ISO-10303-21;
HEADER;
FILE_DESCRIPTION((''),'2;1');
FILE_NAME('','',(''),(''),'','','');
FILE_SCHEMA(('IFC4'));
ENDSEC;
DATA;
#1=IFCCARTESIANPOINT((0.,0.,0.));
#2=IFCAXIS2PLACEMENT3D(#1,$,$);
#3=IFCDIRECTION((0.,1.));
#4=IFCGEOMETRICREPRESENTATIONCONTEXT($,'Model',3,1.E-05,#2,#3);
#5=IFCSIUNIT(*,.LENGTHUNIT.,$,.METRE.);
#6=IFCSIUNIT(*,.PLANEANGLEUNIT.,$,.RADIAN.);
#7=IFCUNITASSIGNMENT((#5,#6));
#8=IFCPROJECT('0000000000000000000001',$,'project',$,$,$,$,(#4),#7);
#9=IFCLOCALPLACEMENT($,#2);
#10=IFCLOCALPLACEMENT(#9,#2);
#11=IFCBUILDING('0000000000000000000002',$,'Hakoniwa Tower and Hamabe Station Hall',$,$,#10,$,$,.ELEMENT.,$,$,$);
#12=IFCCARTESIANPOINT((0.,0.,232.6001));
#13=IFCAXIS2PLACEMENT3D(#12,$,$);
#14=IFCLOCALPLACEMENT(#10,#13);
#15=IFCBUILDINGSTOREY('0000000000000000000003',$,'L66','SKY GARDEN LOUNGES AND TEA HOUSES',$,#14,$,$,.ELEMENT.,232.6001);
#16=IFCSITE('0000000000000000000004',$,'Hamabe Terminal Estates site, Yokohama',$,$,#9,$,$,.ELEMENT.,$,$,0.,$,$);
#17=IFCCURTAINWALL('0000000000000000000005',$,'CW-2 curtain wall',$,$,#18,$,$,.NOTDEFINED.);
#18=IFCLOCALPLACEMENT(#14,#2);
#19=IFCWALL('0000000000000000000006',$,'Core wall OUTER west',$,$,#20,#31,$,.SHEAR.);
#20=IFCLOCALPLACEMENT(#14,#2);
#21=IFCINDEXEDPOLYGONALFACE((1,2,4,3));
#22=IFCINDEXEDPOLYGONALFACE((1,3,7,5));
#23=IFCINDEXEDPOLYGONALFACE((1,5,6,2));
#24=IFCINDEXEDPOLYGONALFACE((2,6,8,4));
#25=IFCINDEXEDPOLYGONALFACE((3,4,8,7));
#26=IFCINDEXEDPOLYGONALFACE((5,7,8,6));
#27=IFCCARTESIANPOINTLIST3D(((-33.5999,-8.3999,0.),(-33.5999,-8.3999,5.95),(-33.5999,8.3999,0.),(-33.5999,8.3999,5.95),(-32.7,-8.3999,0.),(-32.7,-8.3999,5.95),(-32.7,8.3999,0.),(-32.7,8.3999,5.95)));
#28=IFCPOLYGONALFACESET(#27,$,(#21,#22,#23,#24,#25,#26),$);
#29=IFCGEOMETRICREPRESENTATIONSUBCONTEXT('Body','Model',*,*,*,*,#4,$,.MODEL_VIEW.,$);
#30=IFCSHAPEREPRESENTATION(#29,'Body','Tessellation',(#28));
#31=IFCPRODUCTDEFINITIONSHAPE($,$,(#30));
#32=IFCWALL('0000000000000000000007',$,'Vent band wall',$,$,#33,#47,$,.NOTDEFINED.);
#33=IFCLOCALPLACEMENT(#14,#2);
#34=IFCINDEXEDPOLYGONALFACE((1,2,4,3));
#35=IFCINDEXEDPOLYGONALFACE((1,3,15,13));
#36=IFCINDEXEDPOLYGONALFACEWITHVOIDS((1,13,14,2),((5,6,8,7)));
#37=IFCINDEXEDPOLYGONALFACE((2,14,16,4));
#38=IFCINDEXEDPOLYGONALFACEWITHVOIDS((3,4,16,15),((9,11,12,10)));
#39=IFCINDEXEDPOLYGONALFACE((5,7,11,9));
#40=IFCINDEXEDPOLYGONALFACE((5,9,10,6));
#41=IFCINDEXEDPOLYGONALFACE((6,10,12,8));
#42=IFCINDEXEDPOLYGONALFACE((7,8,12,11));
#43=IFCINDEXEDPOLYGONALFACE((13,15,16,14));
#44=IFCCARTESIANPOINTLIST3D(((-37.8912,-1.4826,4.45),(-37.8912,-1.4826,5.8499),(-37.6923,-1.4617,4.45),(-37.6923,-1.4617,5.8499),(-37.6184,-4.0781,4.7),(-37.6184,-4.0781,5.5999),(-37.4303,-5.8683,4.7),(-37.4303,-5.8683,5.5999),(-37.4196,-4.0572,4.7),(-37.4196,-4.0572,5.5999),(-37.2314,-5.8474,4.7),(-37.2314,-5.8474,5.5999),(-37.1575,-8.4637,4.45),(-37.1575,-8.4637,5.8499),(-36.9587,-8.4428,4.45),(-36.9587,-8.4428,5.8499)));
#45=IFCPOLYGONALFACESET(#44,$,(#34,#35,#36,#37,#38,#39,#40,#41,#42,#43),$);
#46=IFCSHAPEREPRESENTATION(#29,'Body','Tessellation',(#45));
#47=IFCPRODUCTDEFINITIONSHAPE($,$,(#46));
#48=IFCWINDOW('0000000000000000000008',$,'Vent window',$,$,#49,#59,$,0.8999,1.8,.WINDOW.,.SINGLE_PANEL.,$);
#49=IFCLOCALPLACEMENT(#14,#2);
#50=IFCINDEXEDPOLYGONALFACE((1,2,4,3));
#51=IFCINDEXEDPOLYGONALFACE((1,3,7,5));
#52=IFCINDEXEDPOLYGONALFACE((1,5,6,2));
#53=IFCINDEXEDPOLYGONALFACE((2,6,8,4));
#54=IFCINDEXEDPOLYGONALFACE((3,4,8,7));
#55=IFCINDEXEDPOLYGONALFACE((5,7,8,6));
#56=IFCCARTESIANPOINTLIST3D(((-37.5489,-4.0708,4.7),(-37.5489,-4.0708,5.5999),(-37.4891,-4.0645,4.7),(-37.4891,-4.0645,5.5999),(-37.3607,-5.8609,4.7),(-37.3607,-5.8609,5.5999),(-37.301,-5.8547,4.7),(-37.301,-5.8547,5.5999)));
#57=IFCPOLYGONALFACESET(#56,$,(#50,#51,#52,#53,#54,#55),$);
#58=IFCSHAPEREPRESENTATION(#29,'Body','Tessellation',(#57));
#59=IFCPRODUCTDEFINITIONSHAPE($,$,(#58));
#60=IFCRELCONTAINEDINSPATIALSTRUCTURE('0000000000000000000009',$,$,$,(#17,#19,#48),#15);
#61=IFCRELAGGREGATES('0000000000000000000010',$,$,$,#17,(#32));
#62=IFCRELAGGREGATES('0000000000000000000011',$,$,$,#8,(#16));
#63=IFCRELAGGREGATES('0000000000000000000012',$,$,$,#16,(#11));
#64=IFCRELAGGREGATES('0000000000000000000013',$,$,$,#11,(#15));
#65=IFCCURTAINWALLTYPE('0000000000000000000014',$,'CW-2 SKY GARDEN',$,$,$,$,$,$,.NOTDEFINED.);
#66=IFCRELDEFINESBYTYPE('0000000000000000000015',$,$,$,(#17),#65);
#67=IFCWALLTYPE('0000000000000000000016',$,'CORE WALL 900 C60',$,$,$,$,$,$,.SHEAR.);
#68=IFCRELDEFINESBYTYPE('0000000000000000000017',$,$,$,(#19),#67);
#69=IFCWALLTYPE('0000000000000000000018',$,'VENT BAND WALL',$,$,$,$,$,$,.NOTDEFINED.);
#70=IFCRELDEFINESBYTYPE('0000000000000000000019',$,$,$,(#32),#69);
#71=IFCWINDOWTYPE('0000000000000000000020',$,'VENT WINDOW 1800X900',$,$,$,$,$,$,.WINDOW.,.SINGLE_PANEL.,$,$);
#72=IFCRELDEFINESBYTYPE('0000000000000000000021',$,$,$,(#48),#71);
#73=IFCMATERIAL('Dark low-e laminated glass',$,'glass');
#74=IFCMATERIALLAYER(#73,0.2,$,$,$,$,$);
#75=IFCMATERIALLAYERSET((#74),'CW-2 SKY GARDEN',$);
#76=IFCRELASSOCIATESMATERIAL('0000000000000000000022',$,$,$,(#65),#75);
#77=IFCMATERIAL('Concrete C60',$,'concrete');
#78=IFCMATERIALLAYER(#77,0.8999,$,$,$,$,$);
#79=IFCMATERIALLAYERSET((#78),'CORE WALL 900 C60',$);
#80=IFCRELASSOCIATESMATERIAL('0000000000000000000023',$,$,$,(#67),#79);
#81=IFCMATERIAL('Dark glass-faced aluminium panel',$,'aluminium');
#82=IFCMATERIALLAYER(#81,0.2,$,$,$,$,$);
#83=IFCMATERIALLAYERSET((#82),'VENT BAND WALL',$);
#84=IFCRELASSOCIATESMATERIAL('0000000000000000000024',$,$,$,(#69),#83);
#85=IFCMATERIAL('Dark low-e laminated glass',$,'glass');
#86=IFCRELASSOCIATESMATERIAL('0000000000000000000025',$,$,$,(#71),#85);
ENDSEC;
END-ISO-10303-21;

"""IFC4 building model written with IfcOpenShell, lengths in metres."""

from ifc_helpers import new_model, si_unit, direction, frame, frame_2d, origin, place, context, subcontext, project, spatial, rectangle, extrude, material, layer, layer_set, type_object, element, fill, aggregate, save


model = new_model("IFC4")

# Units and contexts
model_context = context("Model", 3, precision=1e-05, world=origin(), true_north=direction((0.0, 1.0)))
body_context = subcontext(model_context, "Body", "Model", "MODEL_VIEW")
ifc_project = project(units=[si_unit("LENGTHUNIT", "METRE"), si_unit("PLANEANGLEUNIT", "RADIAN")], contexts=[model_context])

# Site, building, storey
site_placement = place(None, origin())
site = spatial("IfcSite", under=ifc_project, at=site_placement, Name="Hamabe Terminal Estates site, Yokohama", CompositionType="ELEMENT", RefElevation=0.0)
building_placement = place(site_placement, origin())
building = spatial("IfcBuilding", under=site, at=building_placement, Name="Hakoniwa Tower and Hamabe Station Hall", CompositionType="ELEMENT")
storey_placement = place(building_placement, frame((0.0, 0.0, 232.6001)))
storey = spatial("IfcBuildingStorey", under=building, at=storey_placement, Name="L66", Description="SKY GARDEN LOUNGES AND TEA HOUSES", CompositionType="ELEMENT", Elevation=232.6001)

# Curtain wall
ifc_material_1 = material(Name="Dark low-e laminated glass", Category="glass")
ifc_layer_1 = layer(ifc_material_1, 0.2)
ifc_layer_set_1 = layer_set([ifc_layer_1], Name="CW-2 SKY GARDEN")
curtain_wall_type = type_object("IfcCurtainWallType", Name="CW-2 SKY GARDEN", PredefinedType="NOTDEFINED", material=ifc_layer_set_1)
curtain_wall_placement = place(storey_placement, origin())
curtain_wall = element("IfcCurtainWall", 1, at=curtain_wall_placement, inside=storey, type_object=curtain_wall_type, Name="CW-2 curtain wall", PredefinedType="NOTDEFINED")

# Wall
ifc_material_2 = material(Name="Concrete C60", Category="concrete")
ifc_layer_2 = layer(ifc_material_2, 0.8999)
ifc_layer_set_2 = layer_set([ifc_layer_2], Name="CORE WALL 900 C60")
wall_type_1 = type_object("IfcWallType", Name="CORE WALL 900 C60", PredefinedType="SHEAR", material=ifc_layer_set_2)
wall_1_placement = place(storey_placement, frame((-33.1499, -8.3999, 0.0), z_axis=(0.0, 0.0, 1.0), x_axis=(0.0, 1.0, 0.0)))
element("IfcWall", 2, at=wall_1_placement, inside=storey, type_object=wall_type_1, Name="Core wall OUTER west", PredefinedType="SHEAR", context=body_context, shape_type="SweptSolid", body=[
    extrude(rectangle(XDim=16.7998, YDim=0.8999, at=frame_2d((8.3999, 0.0))), origin(), (0.0, 0.0, 1.0), 5.95),
])

# Wall, opening, window
ifc_material_3 = material(Name="Dark glass-faced aluminium panel", Category="aluminium")
ifc_layer_3 = layer(ifc_material_3, 0.2)
ifc_layer_set_3 = layer_set([ifc_layer_3], Name="VENT BAND WALL")
wall_type_2 = type_object("IfcWallType", Name="VENT BAND WALL", PredefinedType="NOTDEFINED", material=ifc_layer_set_3)
wall_2_placement = place(storey_placement, frame((-37.7917, -1.4722, 4.45), z_axis=(0.0, 0.0, 1.0), x_axis=(0.104513, -0.994524, 0.0)))
wall_2 = element("IfcWall", 3, at=wall_2_placement, type_object=wall_type_2, Name="Vent band wall", PredefinedType="NOTDEFINED", context=body_context, shape_type="SweptSolid", body=[
    extrude(rectangle(XDim=7.0195, YDim=0.2, at=frame_2d((3.5098, 0.0))), origin(), (0.0, 0.0, 1.0), 1.3999),
])
opening_placement = place(wall_2_placement, frame((2.6099, 0.0, 0.25)))
opening = element("IfcOpeningElement", 4, at=opening_placement, cuts=wall_2, PredefinedType="OPENING", context=body_context, shape_type="SweptSolid", body=[
    extrude(rectangle(XDim=1.8, YDim=0.8999, at=frame_2d((0.8999, 0.45))), frame((0.0, 0.1099, 0.0), z_axis=(0.0, -1.0, 0.0), x_axis=(1.0, 0.0, 0.0)), (0.0, 0.0, 1.0), 0.22),
])
ifc_material_4 = material(Name="Dark low-e laminated glass", Category="glass")
window_type = type_object("IfcWindowType", Name="VENT WINDOW 1800X900", PartitioningType="SINGLE_PANEL", PredefinedType="WINDOW", material=ifc_material_4)
window_placement = place(opening_placement, origin())
window = element("IfcWindow", 5, at=window_placement, inside=storey, type_object=window_type, Name="Vent window", OverallHeight=0.8999, OverallWidth=1.8, PartitioningType="SINGLE_PANEL", PredefinedType="WINDOW", context=body_context, shape_type="SweptSolid", body=[
    extrude(rectangle(XDim=1.8, YDim=0.8999, at=frame_2d((0.8999, 0.45))), frame((0.0, 0.03, 0.0), z_axis=(0.0, -1.0, 0.0), x_axis=(1.0, 0.0, 0.0)), (0.0, 0.0, 1.0), 0.0601),
])
fill(opening, window)
aggregate(curtain_wall, [wall_2])

save(model, "model.ifc")
